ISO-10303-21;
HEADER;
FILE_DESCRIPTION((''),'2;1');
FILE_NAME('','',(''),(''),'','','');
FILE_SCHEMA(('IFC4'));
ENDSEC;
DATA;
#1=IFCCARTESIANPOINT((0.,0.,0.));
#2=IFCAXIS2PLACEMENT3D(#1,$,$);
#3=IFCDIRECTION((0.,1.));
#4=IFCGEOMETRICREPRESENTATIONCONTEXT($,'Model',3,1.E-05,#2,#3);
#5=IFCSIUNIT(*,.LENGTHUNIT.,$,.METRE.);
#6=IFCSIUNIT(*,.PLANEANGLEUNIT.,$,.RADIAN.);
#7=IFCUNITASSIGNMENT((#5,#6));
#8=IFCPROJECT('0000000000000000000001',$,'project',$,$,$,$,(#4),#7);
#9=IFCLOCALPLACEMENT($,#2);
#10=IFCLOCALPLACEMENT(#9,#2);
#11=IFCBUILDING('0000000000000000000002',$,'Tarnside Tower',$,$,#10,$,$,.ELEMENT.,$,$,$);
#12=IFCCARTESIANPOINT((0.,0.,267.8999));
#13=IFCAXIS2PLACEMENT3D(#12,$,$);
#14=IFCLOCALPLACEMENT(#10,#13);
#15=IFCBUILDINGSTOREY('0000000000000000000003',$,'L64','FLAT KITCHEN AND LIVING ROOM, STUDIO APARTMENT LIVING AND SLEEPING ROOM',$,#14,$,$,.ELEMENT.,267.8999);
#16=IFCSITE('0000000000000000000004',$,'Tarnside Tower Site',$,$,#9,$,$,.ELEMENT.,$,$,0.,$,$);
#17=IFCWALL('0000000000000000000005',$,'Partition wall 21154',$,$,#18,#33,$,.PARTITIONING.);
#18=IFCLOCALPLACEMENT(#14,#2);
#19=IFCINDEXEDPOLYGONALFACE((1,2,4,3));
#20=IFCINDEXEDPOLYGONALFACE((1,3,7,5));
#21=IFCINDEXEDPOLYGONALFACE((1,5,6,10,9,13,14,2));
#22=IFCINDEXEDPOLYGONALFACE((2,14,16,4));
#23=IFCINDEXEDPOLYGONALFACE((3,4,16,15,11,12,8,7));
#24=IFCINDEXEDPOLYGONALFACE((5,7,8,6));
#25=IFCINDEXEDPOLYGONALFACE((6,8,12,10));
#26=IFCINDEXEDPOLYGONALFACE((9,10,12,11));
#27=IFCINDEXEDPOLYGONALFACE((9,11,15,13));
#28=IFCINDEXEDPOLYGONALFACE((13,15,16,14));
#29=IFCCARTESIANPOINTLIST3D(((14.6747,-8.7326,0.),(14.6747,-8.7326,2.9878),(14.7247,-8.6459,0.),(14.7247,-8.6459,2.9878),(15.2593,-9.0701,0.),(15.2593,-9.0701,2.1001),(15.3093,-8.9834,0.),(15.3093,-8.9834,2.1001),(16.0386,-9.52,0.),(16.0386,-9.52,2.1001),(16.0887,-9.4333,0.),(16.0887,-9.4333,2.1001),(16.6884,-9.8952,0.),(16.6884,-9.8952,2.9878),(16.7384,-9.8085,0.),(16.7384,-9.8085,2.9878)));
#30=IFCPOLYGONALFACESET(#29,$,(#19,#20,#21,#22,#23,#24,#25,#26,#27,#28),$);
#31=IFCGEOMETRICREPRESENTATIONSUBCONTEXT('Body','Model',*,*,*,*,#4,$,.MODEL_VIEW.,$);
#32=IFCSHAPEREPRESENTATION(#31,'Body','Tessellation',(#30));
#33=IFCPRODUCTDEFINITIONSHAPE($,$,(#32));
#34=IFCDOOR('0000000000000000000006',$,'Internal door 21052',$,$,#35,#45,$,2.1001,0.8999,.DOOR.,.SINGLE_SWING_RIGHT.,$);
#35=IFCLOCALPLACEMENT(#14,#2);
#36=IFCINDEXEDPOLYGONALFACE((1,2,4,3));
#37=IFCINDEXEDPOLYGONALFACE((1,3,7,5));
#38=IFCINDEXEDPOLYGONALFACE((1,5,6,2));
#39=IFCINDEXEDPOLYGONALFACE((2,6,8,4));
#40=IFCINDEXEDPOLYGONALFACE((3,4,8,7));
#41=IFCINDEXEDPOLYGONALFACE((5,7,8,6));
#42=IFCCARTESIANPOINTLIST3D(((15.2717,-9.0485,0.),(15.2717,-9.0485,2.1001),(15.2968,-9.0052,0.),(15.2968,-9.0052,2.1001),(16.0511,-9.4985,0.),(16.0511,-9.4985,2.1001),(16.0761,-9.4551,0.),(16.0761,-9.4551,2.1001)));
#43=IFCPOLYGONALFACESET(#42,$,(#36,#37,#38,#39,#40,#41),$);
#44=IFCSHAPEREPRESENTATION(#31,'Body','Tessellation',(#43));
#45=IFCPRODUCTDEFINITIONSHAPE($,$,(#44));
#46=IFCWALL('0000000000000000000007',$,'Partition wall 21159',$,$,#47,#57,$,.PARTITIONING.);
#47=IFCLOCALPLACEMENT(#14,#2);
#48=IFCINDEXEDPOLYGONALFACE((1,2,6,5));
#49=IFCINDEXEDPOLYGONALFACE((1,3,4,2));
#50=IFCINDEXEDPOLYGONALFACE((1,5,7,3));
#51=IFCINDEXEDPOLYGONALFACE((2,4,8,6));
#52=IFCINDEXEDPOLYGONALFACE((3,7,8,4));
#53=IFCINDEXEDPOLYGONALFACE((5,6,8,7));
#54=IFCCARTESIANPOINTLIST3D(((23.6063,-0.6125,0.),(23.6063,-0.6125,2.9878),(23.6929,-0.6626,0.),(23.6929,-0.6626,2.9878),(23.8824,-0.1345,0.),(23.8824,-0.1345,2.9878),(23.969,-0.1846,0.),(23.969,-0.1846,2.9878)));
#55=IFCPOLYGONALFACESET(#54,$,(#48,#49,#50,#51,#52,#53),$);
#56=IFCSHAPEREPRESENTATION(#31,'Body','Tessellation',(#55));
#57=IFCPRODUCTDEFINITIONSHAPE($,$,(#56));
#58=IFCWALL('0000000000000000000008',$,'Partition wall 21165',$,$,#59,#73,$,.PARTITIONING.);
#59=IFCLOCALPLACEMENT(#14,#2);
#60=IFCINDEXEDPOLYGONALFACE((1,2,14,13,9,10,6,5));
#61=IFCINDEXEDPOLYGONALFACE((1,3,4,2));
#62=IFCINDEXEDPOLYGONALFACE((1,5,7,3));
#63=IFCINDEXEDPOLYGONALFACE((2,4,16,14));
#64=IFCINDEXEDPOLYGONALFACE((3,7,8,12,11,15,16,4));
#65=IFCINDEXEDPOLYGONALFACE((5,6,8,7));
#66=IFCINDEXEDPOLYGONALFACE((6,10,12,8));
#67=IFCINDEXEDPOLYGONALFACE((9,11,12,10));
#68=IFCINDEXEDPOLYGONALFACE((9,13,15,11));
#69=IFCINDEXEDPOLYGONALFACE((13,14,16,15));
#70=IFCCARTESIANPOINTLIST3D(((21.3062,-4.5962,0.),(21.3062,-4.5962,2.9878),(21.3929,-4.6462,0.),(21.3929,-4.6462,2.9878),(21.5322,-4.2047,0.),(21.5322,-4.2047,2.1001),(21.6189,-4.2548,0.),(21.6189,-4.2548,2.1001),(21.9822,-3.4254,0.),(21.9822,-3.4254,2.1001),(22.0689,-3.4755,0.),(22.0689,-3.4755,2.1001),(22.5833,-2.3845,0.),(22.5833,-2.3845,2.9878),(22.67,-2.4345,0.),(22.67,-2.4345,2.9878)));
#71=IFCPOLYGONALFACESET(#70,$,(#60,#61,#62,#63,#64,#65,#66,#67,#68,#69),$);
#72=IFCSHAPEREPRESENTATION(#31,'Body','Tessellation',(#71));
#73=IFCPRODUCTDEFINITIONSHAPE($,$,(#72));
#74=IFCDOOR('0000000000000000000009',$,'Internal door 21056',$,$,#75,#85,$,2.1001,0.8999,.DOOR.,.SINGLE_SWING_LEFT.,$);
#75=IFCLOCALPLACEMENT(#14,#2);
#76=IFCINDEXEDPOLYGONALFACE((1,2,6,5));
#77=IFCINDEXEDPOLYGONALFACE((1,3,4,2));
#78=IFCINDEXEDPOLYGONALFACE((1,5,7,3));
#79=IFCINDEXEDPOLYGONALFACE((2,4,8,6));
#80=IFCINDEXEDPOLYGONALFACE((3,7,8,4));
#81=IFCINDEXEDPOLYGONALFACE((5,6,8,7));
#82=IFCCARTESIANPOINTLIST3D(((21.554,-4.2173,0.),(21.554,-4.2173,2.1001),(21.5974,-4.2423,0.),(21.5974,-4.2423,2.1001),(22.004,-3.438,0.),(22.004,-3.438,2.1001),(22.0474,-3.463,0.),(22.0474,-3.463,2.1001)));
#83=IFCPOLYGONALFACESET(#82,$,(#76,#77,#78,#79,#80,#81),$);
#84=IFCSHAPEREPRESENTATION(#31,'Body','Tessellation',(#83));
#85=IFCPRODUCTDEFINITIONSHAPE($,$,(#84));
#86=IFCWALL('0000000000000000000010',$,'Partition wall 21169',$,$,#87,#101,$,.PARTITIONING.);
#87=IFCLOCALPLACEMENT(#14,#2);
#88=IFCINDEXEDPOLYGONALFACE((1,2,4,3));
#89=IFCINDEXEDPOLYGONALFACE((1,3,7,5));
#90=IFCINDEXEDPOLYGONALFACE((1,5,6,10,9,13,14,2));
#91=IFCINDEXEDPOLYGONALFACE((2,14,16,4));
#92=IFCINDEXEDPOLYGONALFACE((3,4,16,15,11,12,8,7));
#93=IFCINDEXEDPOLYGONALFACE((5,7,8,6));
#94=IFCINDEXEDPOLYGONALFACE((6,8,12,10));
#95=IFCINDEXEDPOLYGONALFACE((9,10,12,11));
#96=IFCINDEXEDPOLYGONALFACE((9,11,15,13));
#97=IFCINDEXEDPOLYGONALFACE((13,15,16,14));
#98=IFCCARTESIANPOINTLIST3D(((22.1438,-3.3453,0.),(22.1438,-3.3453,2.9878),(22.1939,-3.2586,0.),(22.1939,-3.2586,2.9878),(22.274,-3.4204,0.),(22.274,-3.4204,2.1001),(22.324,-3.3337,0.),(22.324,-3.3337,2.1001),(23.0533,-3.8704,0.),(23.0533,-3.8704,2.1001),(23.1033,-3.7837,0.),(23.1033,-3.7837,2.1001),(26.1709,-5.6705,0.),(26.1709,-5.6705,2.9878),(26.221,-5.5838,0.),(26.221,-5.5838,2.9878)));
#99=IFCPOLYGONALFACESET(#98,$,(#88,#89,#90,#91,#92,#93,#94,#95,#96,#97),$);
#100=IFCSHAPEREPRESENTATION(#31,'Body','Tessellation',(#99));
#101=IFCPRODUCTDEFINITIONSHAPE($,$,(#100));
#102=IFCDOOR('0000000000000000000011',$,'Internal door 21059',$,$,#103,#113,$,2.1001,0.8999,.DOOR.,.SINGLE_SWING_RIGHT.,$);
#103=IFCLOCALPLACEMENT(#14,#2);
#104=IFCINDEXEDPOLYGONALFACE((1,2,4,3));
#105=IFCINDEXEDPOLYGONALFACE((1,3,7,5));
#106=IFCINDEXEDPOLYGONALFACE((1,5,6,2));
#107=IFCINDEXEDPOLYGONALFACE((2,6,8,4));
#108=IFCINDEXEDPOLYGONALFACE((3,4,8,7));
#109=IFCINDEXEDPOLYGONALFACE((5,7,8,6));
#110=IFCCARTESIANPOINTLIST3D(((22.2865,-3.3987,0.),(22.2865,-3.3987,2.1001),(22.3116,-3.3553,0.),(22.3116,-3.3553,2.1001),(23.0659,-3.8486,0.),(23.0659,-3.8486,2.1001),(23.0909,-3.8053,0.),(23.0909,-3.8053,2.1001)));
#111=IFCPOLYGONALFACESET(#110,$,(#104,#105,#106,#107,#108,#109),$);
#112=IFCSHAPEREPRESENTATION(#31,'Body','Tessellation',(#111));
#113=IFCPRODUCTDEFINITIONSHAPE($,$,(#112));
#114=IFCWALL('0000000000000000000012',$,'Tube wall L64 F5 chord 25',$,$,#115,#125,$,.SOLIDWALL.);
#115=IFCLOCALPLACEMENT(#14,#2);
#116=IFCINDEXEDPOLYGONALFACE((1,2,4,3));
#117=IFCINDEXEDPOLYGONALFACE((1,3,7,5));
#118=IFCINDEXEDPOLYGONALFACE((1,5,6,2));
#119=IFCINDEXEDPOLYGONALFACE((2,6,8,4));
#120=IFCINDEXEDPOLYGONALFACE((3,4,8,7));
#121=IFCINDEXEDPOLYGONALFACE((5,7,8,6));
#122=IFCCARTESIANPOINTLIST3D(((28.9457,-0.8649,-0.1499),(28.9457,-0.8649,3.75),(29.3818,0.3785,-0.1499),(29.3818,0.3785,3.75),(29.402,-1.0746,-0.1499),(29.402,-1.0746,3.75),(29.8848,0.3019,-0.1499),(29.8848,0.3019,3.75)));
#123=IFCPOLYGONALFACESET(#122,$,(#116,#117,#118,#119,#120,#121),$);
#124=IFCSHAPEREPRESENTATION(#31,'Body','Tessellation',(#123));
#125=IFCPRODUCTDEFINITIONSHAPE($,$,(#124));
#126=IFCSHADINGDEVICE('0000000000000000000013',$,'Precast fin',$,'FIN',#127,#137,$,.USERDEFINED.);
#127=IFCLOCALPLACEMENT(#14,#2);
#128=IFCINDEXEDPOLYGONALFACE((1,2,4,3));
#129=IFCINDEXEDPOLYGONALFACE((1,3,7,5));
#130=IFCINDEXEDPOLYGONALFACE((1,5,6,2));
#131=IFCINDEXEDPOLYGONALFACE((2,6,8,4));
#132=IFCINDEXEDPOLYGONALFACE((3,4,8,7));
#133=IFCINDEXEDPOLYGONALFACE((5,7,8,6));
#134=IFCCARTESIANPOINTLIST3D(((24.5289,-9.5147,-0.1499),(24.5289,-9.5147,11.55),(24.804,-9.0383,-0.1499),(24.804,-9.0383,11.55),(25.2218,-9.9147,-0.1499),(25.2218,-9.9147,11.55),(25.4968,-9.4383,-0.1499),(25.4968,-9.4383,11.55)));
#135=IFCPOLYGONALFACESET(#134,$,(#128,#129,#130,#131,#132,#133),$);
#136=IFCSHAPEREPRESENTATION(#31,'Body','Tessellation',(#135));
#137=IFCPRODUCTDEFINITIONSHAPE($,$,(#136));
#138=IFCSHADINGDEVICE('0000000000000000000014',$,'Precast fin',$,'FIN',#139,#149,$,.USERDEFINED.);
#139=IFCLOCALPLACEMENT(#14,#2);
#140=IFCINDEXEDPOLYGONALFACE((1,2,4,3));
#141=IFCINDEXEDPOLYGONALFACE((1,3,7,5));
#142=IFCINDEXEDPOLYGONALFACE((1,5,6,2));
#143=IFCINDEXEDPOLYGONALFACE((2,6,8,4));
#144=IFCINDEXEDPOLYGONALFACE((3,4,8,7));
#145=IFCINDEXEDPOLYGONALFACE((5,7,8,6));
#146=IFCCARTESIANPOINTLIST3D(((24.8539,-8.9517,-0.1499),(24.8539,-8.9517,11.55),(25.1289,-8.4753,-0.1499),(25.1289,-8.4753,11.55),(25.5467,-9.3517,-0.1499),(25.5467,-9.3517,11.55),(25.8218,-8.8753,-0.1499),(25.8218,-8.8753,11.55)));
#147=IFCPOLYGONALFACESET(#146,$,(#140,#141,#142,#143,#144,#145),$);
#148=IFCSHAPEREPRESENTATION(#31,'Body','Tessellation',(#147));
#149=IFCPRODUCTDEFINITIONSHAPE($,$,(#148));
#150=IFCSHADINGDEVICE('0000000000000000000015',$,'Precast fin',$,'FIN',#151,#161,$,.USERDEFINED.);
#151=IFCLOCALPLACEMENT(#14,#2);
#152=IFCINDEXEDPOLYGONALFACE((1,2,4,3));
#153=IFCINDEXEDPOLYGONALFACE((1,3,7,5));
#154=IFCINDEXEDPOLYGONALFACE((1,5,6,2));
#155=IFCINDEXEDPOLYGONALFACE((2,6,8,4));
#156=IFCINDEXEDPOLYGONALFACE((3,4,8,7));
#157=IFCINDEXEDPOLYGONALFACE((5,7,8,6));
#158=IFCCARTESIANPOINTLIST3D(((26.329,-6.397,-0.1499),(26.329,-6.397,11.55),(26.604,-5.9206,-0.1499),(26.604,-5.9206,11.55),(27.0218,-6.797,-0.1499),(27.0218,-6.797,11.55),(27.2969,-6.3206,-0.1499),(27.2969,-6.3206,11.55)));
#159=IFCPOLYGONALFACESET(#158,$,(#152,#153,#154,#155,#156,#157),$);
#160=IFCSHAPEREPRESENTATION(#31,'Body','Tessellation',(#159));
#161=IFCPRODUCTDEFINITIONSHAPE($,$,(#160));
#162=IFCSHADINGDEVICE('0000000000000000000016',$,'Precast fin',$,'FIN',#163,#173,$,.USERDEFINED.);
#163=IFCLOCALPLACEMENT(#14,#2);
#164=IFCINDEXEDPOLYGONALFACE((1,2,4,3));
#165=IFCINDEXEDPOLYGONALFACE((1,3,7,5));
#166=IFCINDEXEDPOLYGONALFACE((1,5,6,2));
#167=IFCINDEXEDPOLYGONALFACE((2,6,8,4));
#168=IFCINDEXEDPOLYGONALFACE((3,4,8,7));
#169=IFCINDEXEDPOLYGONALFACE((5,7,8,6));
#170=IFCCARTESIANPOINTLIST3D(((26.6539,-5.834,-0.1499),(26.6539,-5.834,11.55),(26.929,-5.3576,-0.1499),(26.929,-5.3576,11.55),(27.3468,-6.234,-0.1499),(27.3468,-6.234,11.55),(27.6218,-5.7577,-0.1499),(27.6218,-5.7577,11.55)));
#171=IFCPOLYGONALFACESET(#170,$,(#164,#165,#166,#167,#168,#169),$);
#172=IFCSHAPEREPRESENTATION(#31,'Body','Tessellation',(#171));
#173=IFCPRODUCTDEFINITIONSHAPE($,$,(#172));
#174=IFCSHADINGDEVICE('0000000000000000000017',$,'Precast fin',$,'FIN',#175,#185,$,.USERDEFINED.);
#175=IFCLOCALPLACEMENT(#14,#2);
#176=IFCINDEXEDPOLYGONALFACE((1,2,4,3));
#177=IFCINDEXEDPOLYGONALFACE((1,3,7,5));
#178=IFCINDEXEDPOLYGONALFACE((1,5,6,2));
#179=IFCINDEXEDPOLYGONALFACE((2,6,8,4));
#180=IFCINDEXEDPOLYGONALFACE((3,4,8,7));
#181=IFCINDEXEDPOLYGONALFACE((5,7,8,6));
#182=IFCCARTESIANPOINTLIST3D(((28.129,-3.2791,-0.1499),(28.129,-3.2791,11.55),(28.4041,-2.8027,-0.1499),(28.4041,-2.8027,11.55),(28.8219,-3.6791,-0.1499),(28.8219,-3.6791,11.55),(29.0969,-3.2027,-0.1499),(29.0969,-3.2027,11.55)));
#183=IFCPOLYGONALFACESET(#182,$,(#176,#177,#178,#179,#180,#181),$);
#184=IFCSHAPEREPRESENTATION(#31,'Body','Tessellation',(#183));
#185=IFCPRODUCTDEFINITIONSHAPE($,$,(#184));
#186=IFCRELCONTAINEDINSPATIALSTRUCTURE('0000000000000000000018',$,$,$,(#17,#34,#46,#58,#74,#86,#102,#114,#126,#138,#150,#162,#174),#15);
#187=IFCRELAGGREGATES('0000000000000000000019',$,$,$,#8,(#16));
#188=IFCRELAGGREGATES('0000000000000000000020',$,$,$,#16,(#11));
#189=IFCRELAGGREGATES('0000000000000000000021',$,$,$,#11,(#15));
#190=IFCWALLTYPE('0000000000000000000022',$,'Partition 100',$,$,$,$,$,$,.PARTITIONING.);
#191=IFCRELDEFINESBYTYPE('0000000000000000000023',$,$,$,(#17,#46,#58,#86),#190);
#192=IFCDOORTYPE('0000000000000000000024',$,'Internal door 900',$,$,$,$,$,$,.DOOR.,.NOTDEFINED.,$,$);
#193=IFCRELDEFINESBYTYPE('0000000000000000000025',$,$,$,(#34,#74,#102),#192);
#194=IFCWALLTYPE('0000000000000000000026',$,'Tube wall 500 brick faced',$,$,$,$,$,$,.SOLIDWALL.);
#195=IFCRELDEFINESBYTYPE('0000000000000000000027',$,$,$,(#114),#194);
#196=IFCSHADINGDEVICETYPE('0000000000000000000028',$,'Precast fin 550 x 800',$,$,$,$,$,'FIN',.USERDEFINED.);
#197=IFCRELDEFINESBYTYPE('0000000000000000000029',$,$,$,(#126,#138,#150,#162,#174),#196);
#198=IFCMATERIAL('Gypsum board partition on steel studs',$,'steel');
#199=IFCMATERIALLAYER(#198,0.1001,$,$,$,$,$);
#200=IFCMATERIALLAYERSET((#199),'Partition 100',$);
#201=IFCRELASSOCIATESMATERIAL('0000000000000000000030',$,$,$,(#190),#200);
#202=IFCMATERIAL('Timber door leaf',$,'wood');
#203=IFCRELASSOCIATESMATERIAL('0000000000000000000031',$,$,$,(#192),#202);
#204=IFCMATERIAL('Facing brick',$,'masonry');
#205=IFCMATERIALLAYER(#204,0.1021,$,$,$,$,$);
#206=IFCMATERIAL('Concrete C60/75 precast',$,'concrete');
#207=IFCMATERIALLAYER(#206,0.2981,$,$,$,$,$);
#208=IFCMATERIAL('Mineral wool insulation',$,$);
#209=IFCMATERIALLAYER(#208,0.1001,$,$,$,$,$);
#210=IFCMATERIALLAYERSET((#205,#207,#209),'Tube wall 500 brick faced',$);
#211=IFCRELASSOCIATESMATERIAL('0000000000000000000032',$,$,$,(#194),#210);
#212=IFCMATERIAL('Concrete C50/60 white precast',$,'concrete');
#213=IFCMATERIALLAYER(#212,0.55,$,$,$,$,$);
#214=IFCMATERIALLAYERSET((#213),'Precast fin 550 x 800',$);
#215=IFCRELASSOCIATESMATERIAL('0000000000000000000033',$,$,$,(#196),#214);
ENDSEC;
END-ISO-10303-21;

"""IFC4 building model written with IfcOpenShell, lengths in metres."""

from ifc_helpers import new_model, si_unit, direction, frame, frame_2d, origin, place, context, subcontext, project, spatial, polyline, rectangle, outline, extrude, material, layer, layer_set, type_object, element, fill, save


model = new_model("IFC4")

# Units and contexts
model_context = context("Model", 3, precision=1e-05, world=origin(), true_north=direction((0.0, 1.0)))
body_context = subcontext(model_context, "Body", "Model", "MODEL_VIEW")
ifc_project = project(units=[si_unit("LENGTHUNIT", "METRE"), si_unit("PLANEANGLEUNIT", "RADIAN")], contexts=[model_context])

# Site, building, storey
site_placement = place(None, origin())
site = spatial("IfcSite", under=ifc_project, at=site_placement, Name="Tarnside Tower Site", CompositionType="ELEMENT", RefElevation=0.0)
building_placement = place(site_placement, origin())
building = spatial("IfcBuilding", under=site, at=building_placement, Name="Tarnside Tower", CompositionType="ELEMENT")
storey_placement = place(building_placement, frame((0.0, 0.0, 267.8999)))
storey = spatial("IfcBuildingStorey", under=building, at=storey_placement, Name="L64", Description="FLAT KITCHEN AND LIVING ROOM, STUDIO APARTMENT LIVING AND SLEEPING ROOM", CompositionType="ELEMENT", Elevation=267.8999)

# Shared definitions
ifc_material_1 = material(Name="Gypsum board partition on steel studs", Category="steel")

# Shared definitions
ifc_material_2 = material(Name="Timber door leaf", Category="wood")

# Wall, opening, door
ifc_layer_1 = layer(ifc_material_1, 0.1001)
ifc_layer_set_1 = layer_set([ifc_layer_1], Name="Partition 100")
wall_type_1 = type_object("IfcWallType", Name="Partition 100", PredefinedType="PARTITIONING", material=ifc_layer_set_1)
wall_1_placement = place(storey_placement, frame((14.6997, -8.6892, 0.0), z_axis=(0.0, 0.0, 1.0), x_axis=(0.866025, -0.500001, 0.0)))
wall_1 = element("IfcWall", 1, at=wall_1_placement, inside=storey, type_object=wall_type_1, Name="Partition wall 21154", PredefinedType="PARTITIONING", context=body_context, shape_type="SweptSolid", body=[
    extrude(rectangle(XDim=2.3252, YDim=0.1001, at=frame_2d((1.1626, 0.0))), origin(), (0.0, 0.0, 1.0), 2.9878),
])
opening_1_placement = place(wall_1_placement, frame((0.675, 0.0, 0.0)))
opening_1 = element("IfcOpeningElement", 2, at=opening_1_placement, cuts=wall_1, PredefinedType="OPENING", context=body_context, shape_type="SweptSolid", body=[
    extrude(rectangle(XDim=0.8999, YDim=2.1001, at=frame_2d((0.45, 1.05))), frame((0.0, 0.0601, 0.0), z_axis=(0.0, -1.0, 0.0), x_axis=(1.0, 0.0, 0.0)), (0.0, 0.0, 1.0), 0.1201),
])
door_type_1 = type_object("IfcDoorType", Name="Internal door 900", OperationType="NOTDEFINED", PredefinedType="DOOR", material=ifc_material_2)
door_1_placement = place(opening_1_placement, origin())
door_1 = element("IfcDoor", 3, at=door_1_placement, inside=storey, type_object=door_type_1, Name="Internal door 21052", OperationType="SINGLE_SWING_RIGHT", OverallHeight=2.1001, OverallWidth=0.8999, PredefinedType="DOOR", context=body_context, shape_type="SweptSolid", body=[
    extrude(rectangle(XDim=0.8999, YDim=2.1001, at=frame_2d((0.45, 1.05))), frame((0.0, 0.0249, 0.0), z_axis=(0.0, -1.0, 0.0), x_axis=(1.0, 0.0, 0.0)), (0.0, 0.0, 1.0), 0.05),
])
fill(opening_1, door_1)

# Wall
wall_2_placement = place(storey_placement, frame((23.6497, -0.6375, 0.0), z_axis=(0.0, 0.0, 1.0), x_axis=(0.500182, 0.86592, 0.0)))
element("IfcWall", 4, at=wall_2_placement, inside=storey, type_object=wall_type_1, Name="Partition wall 21159", PredefinedType="PARTITIONING", context=body_context, shape_type="SweptSolid", body=[
    extrude(rectangle(XDim=0.552, YDim=0.1001, at=frame_2d((0.2759, 0.0))), origin(), (0.0, 0.0, 1.0), 2.9878),
])

# Walls, openings, doors
wall_3_placement = place(storey_placement, frame((21.3496, -4.6211, 0.0), z_axis=(0.0, 0.0, 1.0), x_axis=(0.500056, 0.865993, 0.0)))
wall_3 = element("IfcWall", 5, at=wall_3_placement, inside=storey, type_object=wall_type_1, Name="Partition wall 21165", PredefinedType="PARTITIONING", context=body_context, shape_type="SweptSolid", body=[
    extrude(rectangle(XDim=2.554, YDim=0.1001, at=frame_2d((1.2769, 0.0))), origin(), (0.0, 0.0, 1.0), 2.9878),
])
opening_2_placement = place(wall_3_placement, frame((0.4519, 0.0, 0.0)))
opening_2 = element("IfcOpeningElement", 6, at=opening_2_placement, cuts=wall_3, PredefinedType="OPENING", context=body_context, shape_type="SweptSolid", body=[
    extrude(rectangle(XDim=0.8999, YDim=2.1001, at=frame_2d((0.45, 1.05))), frame((0.0, 0.0601, 0.0), z_axis=(0.0, -1.0, 0.0), x_axis=(1.0, 0.0, 0.0)), (0.0, 0.0, 1.0), 0.1201),
])
door_2_placement = place(opening_2_placement, origin())
door_2 = element("IfcDoor", 7, at=door_2_placement, inside=storey, type_object=door_type_1, Name="Internal door 21056", OperationType="SINGLE_SWING_LEFT", OverallHeight=2.1001, OverallWidth=0.8999, PredefinedType="DOOR", context=body_context, shape_type="SweptSolid", body=[
    extrude(rectangle(XDim=0.8999, YDim=2.1001, at=frame_2d((0.45, 1.05))), frame((0.0, 0.0249, 0.0), z_axis=(0.0, -1.0, 0.0), x_axis=(1.0, 0.0, 0.0)), (0.0, 0.0, 1.0), 0.05),
])
fill(opening_2, door_2)
wall_4_placement = place(storey_placement, frame((26.196, -5.6272, 0.0), z_axis=(0.0, 0.0, 1.0), x_axis=(-0.866012, 0.500024, 0.0)))
wall_4 = element("IfcWall", 8, at=wall_4_placement, inside=storey, type_object=wall_type_1, Name="Partition wall 21169", PredefinedType="PARTITIONING", context=body_context, shape_type="SweptSolid", body=[
    extrude(rectangle(XDim=4.6501, YDim=0.1001, at=frame_2d((2.3252, 0.0))), origin(), (0.0, 0.0, 1.0), 2.9878),
])
opening_3_placement = place(wall_4_placement, frame((3.6001, 0.0, 0.0)))
opening_3 = element("IfcOpeningElement", 9, at=opening_3_placement, cuts=wall_4, PredefinedType="OPENING", context=body_context, shape_type="SweptSolid", body=[
    extrude(rectangle(XDim=0.8999, YDim=2.1001, at=frame_2d((0.45, 1.05))), frame((0.0, 0.0601, 0.0), z_axis=(0.0, -1.0, 0.0), x_axis=(1.0, 0.0, 0.0)), (0.0, 0.0, 1.0), 0.1201),
])
door_3_placement = place(opening_3_placement, origin())
door_3 = element("IfcDoor", 10, at=door_3_placement, inside=storey, type_object=door_type_1, Name="Internal door 21059", OperationType="SINGLE_SWING_RIGHT", OverallHeight=2.1001, OverallWidth=0.8999, PredefinedType="DOOR", context=body_context, shape_type="SweptSolid", body=[
    extrude(rectangle(XDim=0.8999, YDim=2.1001, at=frame_2d((0.45, 1.05))), frame((0.0, 0.0249, 0.0), z_axis=(0.0, -1.0, 0.0), x_axis=(1.0, 0.0, 0.0)), (0.0, 0.0, 1.0), 0.05),
])
fill(opening_3, door_3)

# Wall
ifc_material_3 = material(Name="Facing brick", Category="masonry")
ifc_layer_2 = layer(ifc_material_3, 0.1021)
ifc_material_4 = material(Name="Concrete C60/75 precast", Category="concrete")
ifc_layer_3 = layer(ifc_material_4, 0.2981)
ifc_material_5 = material(Name="Mineral wool insulation")
ifc_layer_4 = layer(ifc_material_5, 0.1001)
ifc_layer_set_2 = layer_set([ifc_layer_2, ifc_layer_3, ifc_layer_4], Name="Tube wall 500 brick faced")
wall_type_2 = type_object("IfcWallType", Name="Tube wall 500 brick faced", PredefinedType="SOLIDWALL", material=ifc_layer_set_2)
wall_5_placement = place(storey_placement, frame((29.1738, -0.9697, -0.1499), z_axis=(0.0, 0.0, 1.0), x_axis=(0.330961, 0.943644, 0.0)))
element("IfcWall", 11, at=wall_5_placement, inside=storey, type_object=wall_type_2, Name="Tube wall L64 F5 chord 25", PredefinedType="SOLIDWALL", context=body_context, shape_type="SweptSolid", body=[
    extrude(outline(polyline([(-0.0234, -0.25), (1.4353, -0.25), (1.3411, 0.25), (0.0234, 0.25), (-0.0234, -0.25)])), origin(), (0.0, 0.0, 1.0), 3.8999),
])

# Shading devices
ifc_material_6 = material(Name="Concrete C50/60 white precast", Category="concrete")
ifc_layer_5 = layer(ifc_material_6, 0.55)
ifc_layer_set_3 = layer_set([ifc_layer_5], Name="Precast fin 550 x 800")
shading_device_type = type_object("IfcShadingDeviceType", Name="Precast fin 550 x 800", ElementType="FIN", PredefinedType="USERDEFINED", material=ifc_layer_set_3)
for number, where, z_axis, x_axis, name in (
    (12, (24.6665, -9.2764, -0.1499), (-0.5, -0.866025, 0.0), (0.866025, -0.5, 0.0), "Precast fin"),
    (13, (24.9915, -8.7134, -0.1499), (-0.5, -0.866025, 0.0), (0.866025, -0.5, 0.0), "Precast fin"),
    (14, (26.4666, -6.1587, -0.1499), (-0.5, -0.866025, 0.0), (0.866025, -0.5, 0.0), "Precast fin"),
    (15, (26.7915, -5.5957, -0.1499), (-0.5, -0.866025, 0.0), (0.866025, -0.5, 0.0), "Precast fin"),
    (16, (28.2666, -3.0408, -0.1499), (-0.5, -0.866025, 0.0), (0.866025, -0.5, 0.0), "Precast fin"),
):
    element("IfcShadingDevice", number, at=place(storey_placement, frame(where, z_axis=z_axis, x_axis=x_axis)), inside=storey, type_object=shading_device_type, Name=name, ObjectType="FIN", PredefinedType="USERDEFINED", context=body_context, shape_type="SweptSolid", body=[
        extrude(outline(polyline([(0.0, 0.0), (0.8, 0.0), (0.8, 11.7), (0.0, 11.7), (0.0, 0.0)])), frame((0.0, 0.0, -0.2749)), (0.0, 0.0, 1.0), 0.55),
    ])

save(model, "model.ifc")
